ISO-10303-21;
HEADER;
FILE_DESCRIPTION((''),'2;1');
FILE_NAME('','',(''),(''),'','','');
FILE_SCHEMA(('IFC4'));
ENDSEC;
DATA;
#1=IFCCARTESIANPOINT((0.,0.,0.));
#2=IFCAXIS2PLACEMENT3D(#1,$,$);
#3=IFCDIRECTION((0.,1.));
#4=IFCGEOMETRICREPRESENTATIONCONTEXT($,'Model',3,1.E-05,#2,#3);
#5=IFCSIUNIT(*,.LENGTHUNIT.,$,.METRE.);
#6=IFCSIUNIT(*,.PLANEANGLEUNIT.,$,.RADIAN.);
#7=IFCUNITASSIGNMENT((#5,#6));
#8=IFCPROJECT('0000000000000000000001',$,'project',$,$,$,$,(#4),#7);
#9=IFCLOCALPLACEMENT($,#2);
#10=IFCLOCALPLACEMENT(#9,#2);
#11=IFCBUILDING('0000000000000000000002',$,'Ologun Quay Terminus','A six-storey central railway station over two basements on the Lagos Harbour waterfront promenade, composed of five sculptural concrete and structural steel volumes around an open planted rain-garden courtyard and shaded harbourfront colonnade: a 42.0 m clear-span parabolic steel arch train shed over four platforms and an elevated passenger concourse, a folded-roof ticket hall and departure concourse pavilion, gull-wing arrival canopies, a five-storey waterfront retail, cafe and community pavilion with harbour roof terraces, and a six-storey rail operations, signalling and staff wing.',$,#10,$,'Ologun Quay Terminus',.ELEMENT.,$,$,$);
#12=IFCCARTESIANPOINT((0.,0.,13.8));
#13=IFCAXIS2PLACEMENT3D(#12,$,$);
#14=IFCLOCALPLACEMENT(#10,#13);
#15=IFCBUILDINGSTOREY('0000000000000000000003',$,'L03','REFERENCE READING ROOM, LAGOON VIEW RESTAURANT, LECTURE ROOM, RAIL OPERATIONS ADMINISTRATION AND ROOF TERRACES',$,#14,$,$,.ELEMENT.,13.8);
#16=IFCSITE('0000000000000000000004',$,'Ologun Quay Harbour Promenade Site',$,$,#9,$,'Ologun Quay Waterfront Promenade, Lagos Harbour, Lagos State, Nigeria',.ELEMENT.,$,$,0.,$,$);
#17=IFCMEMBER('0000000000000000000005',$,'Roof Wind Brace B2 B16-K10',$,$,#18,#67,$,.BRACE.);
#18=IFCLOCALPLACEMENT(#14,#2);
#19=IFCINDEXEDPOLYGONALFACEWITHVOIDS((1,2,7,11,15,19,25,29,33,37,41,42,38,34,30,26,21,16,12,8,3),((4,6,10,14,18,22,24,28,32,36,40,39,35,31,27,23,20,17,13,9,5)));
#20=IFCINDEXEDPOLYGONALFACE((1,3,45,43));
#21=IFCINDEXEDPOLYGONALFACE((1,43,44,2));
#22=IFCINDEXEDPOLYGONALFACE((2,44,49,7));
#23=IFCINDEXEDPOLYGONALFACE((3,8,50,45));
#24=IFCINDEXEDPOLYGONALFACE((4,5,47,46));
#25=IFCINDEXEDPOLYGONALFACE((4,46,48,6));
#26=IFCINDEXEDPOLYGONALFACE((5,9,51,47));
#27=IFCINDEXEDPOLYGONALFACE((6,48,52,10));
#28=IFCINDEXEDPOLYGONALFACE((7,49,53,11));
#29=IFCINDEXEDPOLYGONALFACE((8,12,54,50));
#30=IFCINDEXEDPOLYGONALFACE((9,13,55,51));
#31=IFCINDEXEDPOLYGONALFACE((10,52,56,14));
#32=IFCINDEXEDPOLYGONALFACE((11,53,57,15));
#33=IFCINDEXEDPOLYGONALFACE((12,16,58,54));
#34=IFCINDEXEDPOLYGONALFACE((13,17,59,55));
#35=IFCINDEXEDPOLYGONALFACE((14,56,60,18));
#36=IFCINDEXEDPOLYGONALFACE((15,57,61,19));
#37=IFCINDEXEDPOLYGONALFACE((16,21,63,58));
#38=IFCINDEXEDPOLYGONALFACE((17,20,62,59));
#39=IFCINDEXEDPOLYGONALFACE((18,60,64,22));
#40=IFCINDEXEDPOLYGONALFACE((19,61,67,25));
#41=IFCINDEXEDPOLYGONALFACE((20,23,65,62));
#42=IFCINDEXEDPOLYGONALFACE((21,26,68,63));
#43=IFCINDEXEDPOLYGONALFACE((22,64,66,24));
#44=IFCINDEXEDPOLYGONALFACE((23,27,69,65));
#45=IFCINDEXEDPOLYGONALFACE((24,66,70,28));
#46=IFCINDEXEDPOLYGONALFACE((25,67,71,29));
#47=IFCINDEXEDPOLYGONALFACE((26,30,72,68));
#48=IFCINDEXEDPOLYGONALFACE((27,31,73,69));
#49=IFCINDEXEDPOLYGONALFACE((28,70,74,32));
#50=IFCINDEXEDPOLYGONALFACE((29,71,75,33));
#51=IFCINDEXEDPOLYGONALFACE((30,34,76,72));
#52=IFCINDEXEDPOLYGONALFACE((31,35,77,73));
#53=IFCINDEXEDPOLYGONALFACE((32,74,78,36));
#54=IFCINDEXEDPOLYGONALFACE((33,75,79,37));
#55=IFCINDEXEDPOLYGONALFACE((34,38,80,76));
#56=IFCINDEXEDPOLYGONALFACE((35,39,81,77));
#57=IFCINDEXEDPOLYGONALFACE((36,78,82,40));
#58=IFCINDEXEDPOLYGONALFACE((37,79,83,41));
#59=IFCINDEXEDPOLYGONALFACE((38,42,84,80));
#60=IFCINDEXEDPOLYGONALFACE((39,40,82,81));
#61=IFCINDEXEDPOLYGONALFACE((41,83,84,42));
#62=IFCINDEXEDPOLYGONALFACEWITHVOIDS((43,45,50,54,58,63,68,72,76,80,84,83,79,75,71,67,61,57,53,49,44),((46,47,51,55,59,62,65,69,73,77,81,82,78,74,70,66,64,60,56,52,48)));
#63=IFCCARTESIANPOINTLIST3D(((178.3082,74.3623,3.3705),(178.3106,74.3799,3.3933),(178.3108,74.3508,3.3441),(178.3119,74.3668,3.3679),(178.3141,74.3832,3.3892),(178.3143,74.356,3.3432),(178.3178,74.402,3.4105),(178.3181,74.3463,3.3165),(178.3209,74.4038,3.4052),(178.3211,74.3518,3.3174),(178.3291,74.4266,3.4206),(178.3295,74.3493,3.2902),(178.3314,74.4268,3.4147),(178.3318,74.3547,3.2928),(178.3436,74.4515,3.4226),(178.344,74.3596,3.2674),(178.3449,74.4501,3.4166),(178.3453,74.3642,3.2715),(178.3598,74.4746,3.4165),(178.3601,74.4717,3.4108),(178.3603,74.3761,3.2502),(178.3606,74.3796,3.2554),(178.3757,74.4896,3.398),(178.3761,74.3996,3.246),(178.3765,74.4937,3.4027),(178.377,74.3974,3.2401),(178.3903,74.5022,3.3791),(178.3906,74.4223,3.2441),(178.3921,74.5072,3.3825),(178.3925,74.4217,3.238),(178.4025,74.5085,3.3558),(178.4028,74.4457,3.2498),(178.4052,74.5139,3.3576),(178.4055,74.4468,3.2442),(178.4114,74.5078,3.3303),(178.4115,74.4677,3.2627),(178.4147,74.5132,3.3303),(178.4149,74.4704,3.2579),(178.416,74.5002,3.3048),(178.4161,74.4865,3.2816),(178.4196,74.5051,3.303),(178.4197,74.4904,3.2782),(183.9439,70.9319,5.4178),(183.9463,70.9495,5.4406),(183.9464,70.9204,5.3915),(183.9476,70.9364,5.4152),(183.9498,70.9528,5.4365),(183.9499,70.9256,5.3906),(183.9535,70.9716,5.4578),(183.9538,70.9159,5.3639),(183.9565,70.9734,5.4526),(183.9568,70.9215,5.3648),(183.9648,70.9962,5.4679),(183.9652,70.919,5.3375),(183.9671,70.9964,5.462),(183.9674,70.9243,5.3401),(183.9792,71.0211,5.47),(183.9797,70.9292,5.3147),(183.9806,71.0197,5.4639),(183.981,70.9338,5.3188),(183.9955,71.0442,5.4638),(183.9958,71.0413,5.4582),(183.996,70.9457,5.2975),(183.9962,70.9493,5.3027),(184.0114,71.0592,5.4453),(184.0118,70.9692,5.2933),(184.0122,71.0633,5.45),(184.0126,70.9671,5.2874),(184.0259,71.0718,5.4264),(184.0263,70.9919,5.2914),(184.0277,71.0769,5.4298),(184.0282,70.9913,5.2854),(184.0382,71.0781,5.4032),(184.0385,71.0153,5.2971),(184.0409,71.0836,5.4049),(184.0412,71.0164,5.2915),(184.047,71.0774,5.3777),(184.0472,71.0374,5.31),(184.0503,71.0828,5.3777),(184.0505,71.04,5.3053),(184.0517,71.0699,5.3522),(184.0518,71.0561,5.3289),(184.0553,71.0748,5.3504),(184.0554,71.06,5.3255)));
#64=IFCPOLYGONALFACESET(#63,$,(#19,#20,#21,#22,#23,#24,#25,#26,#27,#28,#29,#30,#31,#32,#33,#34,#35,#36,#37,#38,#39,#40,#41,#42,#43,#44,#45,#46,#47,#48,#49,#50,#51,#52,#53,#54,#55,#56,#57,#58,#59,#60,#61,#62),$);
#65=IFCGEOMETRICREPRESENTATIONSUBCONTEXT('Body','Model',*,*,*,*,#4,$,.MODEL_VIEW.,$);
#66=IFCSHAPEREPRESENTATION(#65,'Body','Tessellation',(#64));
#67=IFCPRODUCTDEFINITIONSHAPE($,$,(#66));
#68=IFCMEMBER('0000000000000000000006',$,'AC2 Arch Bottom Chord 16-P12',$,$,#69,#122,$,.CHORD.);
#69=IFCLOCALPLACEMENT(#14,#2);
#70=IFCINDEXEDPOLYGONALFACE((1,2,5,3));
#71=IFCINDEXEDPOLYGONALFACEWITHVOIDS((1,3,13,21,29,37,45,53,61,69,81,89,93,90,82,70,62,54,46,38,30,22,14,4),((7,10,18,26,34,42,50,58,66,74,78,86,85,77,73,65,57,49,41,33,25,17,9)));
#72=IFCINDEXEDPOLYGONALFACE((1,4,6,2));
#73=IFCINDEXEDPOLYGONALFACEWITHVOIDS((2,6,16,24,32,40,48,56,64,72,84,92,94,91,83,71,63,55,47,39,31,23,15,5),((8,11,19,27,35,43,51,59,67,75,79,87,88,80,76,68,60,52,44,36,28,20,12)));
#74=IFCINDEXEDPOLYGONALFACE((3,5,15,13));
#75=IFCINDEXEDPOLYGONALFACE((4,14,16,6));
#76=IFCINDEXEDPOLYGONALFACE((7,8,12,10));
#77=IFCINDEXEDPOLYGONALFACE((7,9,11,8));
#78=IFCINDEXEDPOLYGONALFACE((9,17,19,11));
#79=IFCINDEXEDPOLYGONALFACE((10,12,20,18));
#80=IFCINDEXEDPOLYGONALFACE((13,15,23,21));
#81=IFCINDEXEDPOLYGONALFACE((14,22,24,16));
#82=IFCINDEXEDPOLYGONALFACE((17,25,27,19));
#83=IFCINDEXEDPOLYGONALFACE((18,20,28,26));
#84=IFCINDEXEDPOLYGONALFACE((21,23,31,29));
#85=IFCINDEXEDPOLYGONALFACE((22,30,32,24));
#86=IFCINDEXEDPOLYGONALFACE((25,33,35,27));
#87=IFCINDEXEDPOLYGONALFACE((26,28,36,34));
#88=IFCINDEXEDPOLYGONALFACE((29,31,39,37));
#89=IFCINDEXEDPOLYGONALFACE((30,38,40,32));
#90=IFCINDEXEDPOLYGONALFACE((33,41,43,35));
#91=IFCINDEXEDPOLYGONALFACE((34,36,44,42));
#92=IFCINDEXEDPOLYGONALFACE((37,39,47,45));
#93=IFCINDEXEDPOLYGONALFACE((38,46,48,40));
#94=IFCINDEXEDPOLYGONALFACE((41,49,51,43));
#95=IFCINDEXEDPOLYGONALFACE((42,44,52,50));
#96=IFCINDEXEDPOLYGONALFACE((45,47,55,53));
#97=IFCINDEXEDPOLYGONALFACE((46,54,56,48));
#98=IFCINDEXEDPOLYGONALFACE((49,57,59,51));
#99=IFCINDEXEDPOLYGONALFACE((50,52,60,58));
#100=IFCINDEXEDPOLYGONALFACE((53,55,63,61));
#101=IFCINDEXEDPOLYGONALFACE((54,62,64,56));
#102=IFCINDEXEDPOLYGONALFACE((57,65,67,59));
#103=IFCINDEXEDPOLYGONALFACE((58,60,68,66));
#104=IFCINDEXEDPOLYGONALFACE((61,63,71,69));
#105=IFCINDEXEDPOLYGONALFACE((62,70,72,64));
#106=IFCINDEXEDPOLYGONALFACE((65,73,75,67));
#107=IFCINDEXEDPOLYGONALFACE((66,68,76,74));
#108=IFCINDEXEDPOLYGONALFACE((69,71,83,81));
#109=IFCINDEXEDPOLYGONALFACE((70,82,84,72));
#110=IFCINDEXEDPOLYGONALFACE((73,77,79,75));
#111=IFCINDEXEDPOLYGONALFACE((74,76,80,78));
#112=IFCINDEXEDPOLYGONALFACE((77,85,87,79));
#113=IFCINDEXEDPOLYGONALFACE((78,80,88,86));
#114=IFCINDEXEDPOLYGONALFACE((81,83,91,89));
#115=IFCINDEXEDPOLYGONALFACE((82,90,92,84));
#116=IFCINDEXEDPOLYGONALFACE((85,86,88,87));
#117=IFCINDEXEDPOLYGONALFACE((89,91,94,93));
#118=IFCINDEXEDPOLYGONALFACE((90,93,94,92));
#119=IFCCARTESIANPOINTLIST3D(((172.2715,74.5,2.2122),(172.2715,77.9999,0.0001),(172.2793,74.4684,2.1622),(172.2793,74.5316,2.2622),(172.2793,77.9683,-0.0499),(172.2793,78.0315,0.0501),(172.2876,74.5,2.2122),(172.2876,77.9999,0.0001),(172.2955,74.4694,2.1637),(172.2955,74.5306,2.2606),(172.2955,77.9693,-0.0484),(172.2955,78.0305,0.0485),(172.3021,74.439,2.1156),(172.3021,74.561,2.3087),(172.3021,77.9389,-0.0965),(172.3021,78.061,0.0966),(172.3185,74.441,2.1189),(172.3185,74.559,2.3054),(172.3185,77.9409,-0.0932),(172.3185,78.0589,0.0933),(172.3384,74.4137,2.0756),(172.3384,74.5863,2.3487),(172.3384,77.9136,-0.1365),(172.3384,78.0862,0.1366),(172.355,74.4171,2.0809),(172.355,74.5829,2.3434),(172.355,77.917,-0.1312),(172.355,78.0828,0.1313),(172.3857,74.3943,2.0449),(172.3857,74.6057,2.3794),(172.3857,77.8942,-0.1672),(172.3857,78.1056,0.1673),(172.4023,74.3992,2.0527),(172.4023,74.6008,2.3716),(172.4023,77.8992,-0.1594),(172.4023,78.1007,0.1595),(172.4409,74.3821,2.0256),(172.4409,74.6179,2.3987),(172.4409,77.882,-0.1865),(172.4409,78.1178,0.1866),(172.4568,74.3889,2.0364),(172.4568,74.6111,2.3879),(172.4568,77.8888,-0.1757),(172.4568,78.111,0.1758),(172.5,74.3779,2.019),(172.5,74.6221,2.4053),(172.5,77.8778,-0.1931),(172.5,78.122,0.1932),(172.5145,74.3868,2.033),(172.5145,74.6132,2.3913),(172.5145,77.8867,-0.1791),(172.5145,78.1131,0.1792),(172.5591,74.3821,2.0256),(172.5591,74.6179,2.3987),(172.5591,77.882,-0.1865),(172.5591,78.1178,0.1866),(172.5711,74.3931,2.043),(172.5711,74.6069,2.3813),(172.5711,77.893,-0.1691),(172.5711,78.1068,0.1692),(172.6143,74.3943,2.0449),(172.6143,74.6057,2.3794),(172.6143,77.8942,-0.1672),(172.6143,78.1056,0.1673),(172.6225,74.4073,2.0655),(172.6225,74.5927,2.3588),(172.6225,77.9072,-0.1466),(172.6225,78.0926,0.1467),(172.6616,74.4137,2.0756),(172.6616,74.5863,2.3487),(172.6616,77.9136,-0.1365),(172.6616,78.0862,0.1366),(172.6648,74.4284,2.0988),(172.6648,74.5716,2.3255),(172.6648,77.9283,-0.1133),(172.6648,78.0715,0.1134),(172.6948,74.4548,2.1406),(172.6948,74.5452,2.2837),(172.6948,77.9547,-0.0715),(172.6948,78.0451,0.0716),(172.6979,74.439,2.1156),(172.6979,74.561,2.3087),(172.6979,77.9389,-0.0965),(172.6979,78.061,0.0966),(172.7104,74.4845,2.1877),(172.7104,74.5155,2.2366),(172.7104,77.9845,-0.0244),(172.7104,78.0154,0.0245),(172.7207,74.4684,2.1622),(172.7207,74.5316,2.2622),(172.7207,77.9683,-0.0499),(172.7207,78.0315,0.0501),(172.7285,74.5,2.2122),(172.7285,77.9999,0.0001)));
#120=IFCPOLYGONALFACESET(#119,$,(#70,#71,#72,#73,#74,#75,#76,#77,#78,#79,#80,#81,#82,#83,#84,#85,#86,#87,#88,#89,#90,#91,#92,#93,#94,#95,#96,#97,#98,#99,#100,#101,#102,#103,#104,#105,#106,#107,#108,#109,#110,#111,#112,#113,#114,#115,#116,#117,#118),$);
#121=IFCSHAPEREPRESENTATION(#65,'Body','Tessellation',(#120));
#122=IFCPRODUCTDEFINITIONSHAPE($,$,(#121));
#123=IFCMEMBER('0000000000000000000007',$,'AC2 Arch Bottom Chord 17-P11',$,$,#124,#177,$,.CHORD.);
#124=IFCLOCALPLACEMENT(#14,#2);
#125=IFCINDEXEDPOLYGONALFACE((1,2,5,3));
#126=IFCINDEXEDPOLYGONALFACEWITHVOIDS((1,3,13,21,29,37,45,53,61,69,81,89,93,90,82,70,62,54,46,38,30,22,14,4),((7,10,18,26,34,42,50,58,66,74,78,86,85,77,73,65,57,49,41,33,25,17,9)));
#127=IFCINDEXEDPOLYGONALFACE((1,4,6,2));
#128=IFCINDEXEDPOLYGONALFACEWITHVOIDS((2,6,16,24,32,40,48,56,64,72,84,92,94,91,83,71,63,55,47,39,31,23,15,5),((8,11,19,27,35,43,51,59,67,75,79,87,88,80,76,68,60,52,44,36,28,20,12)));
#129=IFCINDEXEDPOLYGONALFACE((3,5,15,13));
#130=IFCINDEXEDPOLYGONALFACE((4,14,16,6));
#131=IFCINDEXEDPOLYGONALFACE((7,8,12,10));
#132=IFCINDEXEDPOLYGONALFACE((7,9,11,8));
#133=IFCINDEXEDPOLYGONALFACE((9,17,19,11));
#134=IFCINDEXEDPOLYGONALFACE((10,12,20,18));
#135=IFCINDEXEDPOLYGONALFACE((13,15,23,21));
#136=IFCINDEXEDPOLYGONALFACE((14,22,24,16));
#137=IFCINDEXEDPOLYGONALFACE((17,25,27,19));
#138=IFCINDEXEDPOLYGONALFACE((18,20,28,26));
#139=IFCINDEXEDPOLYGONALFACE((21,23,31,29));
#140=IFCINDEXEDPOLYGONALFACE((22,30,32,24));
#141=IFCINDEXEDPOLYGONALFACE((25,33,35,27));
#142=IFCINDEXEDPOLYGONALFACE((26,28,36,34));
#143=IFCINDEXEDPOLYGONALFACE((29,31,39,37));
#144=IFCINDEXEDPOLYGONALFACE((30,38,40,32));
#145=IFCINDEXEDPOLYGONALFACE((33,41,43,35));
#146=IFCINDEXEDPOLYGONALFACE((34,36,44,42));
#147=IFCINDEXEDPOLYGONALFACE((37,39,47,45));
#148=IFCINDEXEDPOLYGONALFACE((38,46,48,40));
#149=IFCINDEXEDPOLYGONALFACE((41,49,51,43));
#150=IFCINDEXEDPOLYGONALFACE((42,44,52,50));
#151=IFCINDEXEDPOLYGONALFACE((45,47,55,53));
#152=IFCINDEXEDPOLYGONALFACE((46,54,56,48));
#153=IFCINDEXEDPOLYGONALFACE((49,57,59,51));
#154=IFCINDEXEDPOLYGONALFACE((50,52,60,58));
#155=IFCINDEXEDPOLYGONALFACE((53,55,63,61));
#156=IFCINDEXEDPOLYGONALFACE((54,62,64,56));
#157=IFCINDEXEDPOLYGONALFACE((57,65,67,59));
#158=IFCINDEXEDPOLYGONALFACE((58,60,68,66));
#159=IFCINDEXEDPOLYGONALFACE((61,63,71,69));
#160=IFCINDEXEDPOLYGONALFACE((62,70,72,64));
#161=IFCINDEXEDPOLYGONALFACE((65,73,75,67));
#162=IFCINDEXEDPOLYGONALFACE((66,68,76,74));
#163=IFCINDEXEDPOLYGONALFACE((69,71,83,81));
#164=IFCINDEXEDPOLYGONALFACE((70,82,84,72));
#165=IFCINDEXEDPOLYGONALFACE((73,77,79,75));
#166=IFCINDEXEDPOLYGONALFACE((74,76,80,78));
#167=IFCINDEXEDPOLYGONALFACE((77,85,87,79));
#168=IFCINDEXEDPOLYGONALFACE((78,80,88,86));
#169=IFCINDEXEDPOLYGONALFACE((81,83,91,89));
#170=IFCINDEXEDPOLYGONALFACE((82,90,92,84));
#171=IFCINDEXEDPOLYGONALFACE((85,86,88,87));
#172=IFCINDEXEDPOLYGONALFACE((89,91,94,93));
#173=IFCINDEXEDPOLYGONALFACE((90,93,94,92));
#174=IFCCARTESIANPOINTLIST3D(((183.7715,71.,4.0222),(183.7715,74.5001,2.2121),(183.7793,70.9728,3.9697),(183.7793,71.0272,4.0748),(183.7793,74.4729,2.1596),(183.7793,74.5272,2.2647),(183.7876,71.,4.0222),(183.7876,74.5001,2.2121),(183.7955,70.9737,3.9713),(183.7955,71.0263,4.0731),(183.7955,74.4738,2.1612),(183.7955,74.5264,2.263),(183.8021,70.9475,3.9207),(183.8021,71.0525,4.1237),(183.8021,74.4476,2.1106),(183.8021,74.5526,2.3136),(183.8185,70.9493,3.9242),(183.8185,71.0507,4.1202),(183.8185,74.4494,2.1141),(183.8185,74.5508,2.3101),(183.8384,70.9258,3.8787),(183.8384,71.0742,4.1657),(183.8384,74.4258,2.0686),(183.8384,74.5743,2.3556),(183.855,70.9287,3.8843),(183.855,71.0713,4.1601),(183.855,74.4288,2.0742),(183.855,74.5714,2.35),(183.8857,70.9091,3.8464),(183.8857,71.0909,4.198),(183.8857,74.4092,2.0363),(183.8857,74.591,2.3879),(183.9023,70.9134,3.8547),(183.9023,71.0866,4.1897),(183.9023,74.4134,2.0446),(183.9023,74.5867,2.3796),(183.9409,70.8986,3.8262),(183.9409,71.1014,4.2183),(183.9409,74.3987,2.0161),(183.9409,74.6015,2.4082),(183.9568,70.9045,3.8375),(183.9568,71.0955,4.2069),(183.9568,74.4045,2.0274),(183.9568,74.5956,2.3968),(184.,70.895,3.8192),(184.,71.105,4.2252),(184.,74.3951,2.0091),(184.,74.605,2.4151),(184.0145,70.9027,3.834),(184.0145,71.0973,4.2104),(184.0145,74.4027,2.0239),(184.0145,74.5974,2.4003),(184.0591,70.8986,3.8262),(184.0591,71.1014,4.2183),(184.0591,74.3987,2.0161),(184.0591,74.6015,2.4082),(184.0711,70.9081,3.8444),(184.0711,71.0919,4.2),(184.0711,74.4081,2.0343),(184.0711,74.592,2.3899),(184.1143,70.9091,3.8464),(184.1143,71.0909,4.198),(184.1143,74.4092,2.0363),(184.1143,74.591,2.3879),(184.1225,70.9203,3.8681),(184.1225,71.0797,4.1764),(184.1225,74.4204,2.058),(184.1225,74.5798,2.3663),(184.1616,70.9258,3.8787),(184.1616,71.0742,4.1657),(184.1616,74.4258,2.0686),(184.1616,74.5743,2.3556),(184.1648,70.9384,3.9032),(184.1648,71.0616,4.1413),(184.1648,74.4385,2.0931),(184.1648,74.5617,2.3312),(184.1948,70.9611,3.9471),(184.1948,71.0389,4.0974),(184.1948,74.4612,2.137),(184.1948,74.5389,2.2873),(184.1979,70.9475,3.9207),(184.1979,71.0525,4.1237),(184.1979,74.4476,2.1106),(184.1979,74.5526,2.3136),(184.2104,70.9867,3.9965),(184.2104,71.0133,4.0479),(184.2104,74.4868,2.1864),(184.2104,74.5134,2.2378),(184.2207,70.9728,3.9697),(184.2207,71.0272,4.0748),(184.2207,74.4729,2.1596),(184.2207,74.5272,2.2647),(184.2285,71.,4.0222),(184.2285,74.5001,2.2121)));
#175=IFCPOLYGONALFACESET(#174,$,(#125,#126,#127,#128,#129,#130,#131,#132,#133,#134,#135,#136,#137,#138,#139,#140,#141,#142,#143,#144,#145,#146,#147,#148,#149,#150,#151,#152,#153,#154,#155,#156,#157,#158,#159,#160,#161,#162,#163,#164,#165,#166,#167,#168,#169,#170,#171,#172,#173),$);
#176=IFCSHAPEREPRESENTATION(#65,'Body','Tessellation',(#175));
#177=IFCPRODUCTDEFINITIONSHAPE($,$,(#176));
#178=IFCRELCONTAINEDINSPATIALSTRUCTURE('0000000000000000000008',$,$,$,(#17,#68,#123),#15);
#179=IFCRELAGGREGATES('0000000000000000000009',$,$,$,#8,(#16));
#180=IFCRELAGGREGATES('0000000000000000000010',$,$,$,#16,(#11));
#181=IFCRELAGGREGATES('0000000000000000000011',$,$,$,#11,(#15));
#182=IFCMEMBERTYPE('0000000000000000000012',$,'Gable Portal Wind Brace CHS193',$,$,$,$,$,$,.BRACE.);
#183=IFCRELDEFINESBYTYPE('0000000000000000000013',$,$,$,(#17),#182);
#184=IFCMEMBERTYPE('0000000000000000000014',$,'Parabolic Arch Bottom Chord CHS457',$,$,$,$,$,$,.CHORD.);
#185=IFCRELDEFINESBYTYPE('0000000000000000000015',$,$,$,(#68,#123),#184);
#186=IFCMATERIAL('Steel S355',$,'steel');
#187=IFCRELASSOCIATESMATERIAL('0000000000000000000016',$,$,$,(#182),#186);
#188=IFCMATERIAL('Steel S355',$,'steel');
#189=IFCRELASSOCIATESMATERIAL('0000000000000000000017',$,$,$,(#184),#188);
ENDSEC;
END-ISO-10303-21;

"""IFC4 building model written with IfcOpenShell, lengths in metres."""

from ifc_helpers import new_model, si_unit, direction, frame, origin, origin_2d, place, context, subcontext, project, spatial, hollow_circle, extrude, material, material_profile, profile_set, type_object, element, save


model = new_model("IFC4")

# Units and contexts
model_context = context("Model", 3, precision=1e-05, world=origin(), true_north=direction((0.0, 1.0)))
body_context = subcontext(model_context, "Body", "Model", "MODEL_VIEW")
ifc_project = project(units=[si_unit("LENGTHUNIT", "METRE"), si_unit("PLANEANGLEUNIT", "RADIAN")], contexts=[model_context])

# Site, building, storey
site_placement = place(None, origin())
site = spatial("IfcSite", under=ifc_project, at=site_placement, Name="Ologun Quay Harbour Promenade Site", LongName="Ologun Quay Waterfront Promenade, Lagos Harbour, Lagos State, Nigeria", CompositionType="ELEMENT", RefElevation=0.0)
building_placement = place(site_placement, origin())
building = spatial("IfcBuilding", under=site, at=building_placement, Name="Ologun Quay Terminus", Description="A six-storey central railway station over two basements on the Lagos Harbour waterfront promenade, composed of five sculptural concrete and structural steel volumes around an open planted rain-garden courtyard and shaded harbourfront colonnade: a 42.0 m clear-span parabolic steel arch train shed over four platforms and an elevated passenger concourse, a folded-roof ticket hall and departure concourse pavilion, gull-wing arrival canopies, a five-storey waterfront retail, cafe and community pavilion with harbour roof terraces, and a six-storey rail operations, signalling and staff wing.", LongName="Ologun Quay Terminus", CompositionType="ELEMENT")
storey_placement = place(building_placement, frame((0.0, 0.0, 13.8)))
storey = spatial("IfcBuildingStorey", under=building, at=storey_placement, Name="L03", Description="REFERENCE READING ROOM, LAGOON VIEW RESTAURANT, LECTURE ROOM, RAIL OPERATIONS ADMINISTRATION AND ROOF TERRACES", CompositionType="ELEMENT", Elevation=13.8)

# Members
ifc_material_1 = material(Name="Steel S355", Category="steel")
ifc_material_profile_1 = material_profile(ifc_material_1, hollow_circle(Radius=0.0969, WallThickness=0.0063, at=origin_2d()), Name="CHS 193.7x6.3")
ifc_profile_set_1 = profile_set([ifc_material_profile_1], Name="Steel S355")
member_type_1 = type_object("IfcMemberType", Name="Gable Portal Wind Brace CHS193", PredefinedType="BRACE", material=ifc_profile_set_1)
member_1_placement = place(storey_placement, frame((178.3643, 74.4304, 3.3303), z_axis=(0.815823, -0.496583, 0.296374), x_axis=(0.519943, 0.854201, 0.0)))
element("IfcMember", 1, at=member_1_placement, inside=storey, type_object=member_type_1, Name="Roof Wind Brace B2 B16-K10", PredefinedType="BRACE", context=body_context, shape_type="SweptSolid", body=[
    extrude(hollow_circle(Radius=0.0969, WallThickness=0.0063, at=origin_2d()), origin(), (0.0, 0.0, 1.0), 6.908),
])
ifc_material_2 = material(Name="Steel S355", Category="steel")
ifc_material_profile_2 = material_profile(ifc_material_2, hollow_circle(Radius=0.2285, WallThickness=0.0161, at=origin_2d()), Name="CHS 457x16")
ifc_profile_set_2 = profile_set([ifc_material_profile_2], Name="Steel S355")
member_type_2 = type_object("IfcMemberType", Name="Parabolic Arch Bottom Chord CHS457", PredefinedType="CHORD", material=ifc_profile_set_2)
member_2_placement = place(storey_placement, frame((172.5, 74.5, 2.2122), z_axis=(0.0, 0.845311, -0.534275), x_axis=(-1.0, 0.0, 0.0)))
element("IfcMember", 2, at=member_2_placement, inside=storey, type_object=member_type_2, Name="AC2 Arch Bottom Chord 16-P12", PredefinedType="CHORD", context=body_context, shape_type="SweptSolid", body=[
    extrude(hollow_circle(Radius=0.2285, WallThickness=0.0161, at=origin_2d()), origin(), (0.0, 0.0, 1.0), 4.1404),
])
member_3_placement = place(storey_placement, frame((184.0, 71.0, 4.0222), z_axis=(0.0, 0.888247, -0.459366), x_axis=(-1.0, 0.0, 0.0)))
element("IfcMember", 3, at=member_3_placement, inside=storey, type_object=member_type_2, Name="AC2 Arch Bottom Chord 17-P11", PredefinedType="CHORD", context=body_context, shape_type="SweptSolid", body=[
    extrude(hollow_circle(Radius=0.2285, WallThickness=0.0161, at=origin_2d()), origin(), (0.0, 0.0, 1.0), 3.9404),
])

save(model, "model.ifc")
